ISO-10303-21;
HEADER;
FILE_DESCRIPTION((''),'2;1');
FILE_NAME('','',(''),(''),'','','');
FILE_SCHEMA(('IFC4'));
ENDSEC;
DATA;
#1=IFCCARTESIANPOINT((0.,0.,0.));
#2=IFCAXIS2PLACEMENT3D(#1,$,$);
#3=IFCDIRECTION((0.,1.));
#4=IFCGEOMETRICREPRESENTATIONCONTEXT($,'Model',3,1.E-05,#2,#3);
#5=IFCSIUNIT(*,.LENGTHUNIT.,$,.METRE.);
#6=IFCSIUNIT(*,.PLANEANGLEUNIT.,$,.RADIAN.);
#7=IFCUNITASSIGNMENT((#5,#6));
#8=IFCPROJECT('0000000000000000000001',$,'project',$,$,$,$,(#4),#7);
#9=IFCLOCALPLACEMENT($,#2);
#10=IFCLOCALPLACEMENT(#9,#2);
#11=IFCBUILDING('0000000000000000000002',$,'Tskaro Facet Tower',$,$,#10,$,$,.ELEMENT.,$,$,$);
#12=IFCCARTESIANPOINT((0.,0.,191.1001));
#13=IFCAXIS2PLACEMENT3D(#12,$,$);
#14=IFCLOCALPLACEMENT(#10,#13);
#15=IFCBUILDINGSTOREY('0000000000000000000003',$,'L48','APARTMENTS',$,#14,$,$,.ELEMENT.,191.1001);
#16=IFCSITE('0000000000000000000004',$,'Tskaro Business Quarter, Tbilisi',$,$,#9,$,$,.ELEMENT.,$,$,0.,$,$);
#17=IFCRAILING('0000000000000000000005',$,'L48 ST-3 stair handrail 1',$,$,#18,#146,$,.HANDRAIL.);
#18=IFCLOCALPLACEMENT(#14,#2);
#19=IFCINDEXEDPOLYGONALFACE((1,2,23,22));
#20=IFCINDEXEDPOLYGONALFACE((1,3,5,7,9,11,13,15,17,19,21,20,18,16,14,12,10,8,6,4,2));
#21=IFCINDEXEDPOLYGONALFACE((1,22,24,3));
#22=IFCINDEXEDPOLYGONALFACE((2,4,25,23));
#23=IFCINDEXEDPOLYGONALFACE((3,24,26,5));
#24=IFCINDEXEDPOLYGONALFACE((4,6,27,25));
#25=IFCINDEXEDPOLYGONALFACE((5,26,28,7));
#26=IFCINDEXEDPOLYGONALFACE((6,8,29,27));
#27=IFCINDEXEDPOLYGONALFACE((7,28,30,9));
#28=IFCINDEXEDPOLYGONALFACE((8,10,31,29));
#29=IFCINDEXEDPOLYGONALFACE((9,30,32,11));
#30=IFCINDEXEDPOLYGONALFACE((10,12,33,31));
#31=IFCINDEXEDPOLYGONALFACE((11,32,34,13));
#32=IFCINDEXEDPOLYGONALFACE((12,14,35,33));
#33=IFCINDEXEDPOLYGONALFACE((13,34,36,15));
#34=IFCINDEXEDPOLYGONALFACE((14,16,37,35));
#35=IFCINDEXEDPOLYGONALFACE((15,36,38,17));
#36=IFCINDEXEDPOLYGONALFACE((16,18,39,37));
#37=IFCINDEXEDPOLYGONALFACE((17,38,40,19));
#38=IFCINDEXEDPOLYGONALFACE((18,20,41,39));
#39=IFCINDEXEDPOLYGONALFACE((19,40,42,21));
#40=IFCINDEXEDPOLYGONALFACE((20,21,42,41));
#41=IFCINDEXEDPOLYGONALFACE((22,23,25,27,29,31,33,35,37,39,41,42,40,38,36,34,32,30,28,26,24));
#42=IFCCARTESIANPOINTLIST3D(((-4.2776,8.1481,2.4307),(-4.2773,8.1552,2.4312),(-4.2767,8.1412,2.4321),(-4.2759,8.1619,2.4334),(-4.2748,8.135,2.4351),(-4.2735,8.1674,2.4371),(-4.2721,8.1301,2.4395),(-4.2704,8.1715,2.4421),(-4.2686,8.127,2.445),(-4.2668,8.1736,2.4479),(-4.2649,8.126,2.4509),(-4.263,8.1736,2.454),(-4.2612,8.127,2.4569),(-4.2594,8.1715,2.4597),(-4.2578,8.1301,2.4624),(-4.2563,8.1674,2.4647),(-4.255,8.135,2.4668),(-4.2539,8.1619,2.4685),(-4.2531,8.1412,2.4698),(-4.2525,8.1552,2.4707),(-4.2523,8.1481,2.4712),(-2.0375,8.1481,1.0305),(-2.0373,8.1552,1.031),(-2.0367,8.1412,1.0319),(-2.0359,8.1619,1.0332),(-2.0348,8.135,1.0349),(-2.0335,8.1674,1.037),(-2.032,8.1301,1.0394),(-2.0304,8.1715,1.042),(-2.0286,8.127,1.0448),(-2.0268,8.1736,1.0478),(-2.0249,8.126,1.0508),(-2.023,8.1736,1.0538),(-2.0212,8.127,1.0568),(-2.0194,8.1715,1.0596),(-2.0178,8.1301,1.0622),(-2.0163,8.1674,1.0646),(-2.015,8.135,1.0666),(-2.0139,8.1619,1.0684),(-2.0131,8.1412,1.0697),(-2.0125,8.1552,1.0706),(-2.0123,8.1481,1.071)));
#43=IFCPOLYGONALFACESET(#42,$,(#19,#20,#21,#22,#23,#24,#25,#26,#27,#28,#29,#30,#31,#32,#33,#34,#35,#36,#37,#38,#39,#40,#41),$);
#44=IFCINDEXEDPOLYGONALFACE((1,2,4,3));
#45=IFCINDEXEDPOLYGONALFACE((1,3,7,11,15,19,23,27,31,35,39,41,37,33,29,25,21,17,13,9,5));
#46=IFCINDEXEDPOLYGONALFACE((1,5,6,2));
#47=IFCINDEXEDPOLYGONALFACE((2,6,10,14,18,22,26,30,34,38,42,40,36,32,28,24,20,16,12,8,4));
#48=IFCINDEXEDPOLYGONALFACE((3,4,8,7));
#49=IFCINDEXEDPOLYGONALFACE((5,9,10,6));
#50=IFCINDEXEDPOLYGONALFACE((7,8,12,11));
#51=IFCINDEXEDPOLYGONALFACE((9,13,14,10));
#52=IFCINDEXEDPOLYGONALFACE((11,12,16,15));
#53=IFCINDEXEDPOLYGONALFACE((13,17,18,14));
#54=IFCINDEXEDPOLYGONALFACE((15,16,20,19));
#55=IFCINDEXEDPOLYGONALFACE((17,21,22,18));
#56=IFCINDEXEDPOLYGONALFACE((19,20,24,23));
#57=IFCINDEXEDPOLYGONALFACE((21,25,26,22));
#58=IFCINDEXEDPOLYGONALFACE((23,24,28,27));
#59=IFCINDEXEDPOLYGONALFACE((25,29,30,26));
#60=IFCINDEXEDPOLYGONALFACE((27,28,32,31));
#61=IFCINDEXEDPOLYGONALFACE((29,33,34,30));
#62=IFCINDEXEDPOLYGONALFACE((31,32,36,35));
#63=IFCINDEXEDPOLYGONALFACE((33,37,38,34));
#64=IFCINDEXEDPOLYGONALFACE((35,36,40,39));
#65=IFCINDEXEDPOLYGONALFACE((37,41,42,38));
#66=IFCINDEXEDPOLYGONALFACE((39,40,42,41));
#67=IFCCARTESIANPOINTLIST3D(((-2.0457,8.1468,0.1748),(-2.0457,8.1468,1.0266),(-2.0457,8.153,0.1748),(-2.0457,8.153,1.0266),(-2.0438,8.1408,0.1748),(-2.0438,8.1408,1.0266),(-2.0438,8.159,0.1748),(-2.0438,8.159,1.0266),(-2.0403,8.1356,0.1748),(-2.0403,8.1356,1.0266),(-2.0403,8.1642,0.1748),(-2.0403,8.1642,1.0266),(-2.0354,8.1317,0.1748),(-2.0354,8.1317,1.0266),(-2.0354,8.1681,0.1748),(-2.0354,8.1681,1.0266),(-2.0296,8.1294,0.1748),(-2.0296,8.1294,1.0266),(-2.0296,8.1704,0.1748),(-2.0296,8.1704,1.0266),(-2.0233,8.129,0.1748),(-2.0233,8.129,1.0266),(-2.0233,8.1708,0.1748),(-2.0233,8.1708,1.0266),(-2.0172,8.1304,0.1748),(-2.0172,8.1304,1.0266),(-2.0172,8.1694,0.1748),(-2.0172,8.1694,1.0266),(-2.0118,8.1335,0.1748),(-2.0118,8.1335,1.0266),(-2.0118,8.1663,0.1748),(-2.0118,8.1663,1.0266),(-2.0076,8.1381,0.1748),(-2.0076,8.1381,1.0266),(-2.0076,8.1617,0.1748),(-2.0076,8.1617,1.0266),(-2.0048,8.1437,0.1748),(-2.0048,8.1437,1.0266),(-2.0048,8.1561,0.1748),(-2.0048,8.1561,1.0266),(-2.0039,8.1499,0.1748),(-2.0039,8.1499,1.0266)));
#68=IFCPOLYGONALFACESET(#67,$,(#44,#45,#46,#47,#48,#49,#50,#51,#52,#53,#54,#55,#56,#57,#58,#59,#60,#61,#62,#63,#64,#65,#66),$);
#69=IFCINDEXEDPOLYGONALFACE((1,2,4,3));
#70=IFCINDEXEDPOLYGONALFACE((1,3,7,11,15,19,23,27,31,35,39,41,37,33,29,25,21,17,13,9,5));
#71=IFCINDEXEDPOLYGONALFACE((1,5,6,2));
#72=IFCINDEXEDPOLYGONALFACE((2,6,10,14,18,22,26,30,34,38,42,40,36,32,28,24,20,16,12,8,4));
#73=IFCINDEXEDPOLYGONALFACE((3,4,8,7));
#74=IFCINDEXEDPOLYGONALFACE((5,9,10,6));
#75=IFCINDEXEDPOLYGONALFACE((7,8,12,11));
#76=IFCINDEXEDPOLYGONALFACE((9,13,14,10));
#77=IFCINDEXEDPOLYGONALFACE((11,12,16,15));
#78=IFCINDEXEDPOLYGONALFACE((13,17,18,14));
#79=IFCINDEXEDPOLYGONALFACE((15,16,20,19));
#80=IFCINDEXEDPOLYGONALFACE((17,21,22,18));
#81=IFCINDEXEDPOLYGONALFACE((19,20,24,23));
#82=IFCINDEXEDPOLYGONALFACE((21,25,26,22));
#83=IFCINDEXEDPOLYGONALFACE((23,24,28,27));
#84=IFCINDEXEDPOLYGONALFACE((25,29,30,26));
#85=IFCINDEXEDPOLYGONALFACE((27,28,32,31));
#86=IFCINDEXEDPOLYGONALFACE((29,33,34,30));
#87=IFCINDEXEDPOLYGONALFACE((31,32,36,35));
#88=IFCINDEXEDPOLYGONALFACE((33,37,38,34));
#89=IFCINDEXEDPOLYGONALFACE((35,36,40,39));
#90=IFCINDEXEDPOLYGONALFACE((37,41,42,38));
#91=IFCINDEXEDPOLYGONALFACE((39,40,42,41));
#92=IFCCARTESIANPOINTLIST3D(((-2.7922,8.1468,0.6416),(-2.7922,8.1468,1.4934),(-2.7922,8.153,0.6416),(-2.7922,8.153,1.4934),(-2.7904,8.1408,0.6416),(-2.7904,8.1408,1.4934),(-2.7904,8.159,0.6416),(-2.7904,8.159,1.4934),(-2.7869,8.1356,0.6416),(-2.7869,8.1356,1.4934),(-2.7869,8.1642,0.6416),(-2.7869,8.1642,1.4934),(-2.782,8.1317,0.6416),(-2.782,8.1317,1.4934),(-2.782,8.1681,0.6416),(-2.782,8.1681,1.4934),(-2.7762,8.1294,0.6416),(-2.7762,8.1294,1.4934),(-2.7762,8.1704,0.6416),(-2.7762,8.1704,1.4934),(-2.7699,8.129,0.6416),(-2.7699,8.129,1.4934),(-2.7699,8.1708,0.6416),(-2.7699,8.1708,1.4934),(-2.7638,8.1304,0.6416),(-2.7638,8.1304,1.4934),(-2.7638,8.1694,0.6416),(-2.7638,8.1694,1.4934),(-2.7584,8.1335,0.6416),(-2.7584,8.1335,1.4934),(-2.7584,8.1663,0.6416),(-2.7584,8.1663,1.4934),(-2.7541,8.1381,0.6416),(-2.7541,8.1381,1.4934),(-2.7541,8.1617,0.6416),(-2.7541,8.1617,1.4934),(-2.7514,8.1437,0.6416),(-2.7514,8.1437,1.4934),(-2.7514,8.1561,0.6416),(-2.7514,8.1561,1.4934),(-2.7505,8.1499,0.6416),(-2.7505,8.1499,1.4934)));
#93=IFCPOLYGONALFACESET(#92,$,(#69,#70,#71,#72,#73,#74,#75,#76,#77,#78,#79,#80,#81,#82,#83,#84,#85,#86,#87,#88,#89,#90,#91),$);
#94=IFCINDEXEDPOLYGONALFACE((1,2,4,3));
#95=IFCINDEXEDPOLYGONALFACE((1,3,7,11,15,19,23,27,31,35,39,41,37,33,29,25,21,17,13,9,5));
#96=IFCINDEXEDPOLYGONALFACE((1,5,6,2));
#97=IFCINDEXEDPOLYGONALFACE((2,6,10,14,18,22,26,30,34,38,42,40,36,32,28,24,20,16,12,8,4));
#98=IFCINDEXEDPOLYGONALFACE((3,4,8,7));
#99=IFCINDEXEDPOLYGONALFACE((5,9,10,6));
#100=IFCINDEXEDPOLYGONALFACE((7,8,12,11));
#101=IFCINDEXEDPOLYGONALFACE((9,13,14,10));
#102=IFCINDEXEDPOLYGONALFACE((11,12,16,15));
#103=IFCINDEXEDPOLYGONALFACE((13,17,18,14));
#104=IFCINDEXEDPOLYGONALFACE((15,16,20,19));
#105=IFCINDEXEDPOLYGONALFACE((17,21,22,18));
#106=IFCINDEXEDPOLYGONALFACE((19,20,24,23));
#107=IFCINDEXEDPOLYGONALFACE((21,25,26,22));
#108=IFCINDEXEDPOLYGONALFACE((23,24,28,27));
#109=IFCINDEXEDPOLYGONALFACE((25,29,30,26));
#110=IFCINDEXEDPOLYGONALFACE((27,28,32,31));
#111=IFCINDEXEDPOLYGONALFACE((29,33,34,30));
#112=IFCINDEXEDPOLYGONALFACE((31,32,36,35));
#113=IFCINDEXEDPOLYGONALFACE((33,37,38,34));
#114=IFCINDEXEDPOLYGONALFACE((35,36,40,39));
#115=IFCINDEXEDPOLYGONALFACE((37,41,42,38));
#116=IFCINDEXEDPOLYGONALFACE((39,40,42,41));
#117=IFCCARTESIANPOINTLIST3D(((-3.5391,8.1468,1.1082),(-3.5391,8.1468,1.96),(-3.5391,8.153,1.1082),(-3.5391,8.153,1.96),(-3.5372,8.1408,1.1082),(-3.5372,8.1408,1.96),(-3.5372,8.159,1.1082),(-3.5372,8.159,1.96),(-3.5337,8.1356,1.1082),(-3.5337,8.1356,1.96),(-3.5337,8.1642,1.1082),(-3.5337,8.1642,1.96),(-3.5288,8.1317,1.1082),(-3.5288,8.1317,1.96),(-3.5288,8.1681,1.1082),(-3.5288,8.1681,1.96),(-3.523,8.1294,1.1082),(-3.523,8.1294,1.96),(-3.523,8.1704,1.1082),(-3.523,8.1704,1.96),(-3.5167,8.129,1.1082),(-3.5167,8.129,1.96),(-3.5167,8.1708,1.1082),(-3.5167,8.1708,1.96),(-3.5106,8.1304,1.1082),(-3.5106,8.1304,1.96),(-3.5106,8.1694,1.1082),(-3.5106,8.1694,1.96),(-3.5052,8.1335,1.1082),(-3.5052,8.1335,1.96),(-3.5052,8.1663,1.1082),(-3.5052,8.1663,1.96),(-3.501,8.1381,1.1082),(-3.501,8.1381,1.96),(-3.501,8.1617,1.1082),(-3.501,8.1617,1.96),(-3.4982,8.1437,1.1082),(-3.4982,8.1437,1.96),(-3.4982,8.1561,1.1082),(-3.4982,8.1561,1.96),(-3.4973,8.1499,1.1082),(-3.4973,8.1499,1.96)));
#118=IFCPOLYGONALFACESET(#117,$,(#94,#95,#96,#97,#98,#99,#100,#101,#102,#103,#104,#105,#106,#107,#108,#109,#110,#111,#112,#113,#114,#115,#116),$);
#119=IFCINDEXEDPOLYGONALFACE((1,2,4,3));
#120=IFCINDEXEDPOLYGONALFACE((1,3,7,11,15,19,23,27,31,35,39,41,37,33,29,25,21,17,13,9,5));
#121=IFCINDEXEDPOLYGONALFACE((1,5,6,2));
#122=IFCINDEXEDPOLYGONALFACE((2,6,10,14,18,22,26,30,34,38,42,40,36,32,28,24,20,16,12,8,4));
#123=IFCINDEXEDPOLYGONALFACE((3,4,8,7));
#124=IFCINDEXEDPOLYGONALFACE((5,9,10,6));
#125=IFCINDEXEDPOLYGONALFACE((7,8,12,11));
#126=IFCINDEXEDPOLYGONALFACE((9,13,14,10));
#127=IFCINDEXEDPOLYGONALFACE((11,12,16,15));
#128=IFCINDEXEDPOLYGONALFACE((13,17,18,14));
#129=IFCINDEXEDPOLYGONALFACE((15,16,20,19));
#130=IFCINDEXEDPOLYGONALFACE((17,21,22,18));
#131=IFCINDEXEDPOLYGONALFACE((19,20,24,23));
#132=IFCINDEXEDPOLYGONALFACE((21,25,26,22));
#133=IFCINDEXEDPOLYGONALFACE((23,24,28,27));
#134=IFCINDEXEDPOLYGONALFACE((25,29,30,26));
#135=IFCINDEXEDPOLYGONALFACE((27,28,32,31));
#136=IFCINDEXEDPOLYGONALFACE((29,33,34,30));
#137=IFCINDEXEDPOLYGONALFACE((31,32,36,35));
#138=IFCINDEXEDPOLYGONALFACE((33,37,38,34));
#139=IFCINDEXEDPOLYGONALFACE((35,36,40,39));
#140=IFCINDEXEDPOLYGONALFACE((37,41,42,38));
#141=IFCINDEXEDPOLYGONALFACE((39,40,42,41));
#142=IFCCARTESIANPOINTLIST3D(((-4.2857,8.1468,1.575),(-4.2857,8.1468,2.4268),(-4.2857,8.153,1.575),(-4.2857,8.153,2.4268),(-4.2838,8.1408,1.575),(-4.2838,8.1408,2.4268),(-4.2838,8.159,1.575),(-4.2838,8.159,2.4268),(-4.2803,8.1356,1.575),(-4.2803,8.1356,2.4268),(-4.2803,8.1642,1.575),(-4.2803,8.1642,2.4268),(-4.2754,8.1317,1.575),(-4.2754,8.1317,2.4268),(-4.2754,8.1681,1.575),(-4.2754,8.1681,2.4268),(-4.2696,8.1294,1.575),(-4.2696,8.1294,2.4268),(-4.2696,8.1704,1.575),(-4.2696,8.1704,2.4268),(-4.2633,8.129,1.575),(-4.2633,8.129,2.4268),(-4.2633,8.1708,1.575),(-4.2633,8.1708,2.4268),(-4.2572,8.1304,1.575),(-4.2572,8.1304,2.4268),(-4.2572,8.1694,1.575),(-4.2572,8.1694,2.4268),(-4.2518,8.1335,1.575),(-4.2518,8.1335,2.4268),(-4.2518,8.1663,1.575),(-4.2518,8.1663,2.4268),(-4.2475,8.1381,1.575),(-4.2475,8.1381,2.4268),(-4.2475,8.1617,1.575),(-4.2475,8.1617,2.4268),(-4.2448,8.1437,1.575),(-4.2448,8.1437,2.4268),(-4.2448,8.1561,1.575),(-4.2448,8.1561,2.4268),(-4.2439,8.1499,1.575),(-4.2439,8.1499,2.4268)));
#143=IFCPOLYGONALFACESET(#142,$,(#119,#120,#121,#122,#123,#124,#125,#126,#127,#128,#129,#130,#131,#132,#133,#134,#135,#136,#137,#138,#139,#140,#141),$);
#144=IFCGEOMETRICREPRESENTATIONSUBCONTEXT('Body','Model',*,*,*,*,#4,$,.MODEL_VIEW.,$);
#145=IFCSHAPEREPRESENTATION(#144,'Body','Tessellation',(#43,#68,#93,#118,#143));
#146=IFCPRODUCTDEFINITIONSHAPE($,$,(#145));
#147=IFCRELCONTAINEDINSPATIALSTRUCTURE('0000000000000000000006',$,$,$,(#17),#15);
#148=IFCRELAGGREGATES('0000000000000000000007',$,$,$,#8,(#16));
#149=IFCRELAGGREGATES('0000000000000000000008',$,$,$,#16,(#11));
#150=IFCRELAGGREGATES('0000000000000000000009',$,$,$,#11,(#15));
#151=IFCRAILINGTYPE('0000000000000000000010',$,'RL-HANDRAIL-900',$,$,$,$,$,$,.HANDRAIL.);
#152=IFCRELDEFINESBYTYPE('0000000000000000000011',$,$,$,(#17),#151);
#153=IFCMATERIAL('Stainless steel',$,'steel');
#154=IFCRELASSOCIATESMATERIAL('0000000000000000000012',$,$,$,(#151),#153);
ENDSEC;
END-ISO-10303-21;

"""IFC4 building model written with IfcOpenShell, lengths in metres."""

from ifc_helpers import new_model, si_unit, direction, frame, origin, origin_2d, place, context, subcontext, project, spatial, circle, extrude, material, type_object, element, save


model = new_model("IFC4")

# Units and contexts
model_context = context("Model", 3, precision=1e-05, world=origin(), true_north=direction((0.0, 1.0)))
body_context = subcontext(model_context, "Body", "Model", "MODEL_VIEW")
ifc_project = project(units=[si_unit("LENGTHUNIT", "METRE"), si_unit("PLANEANGLEUNIT", "RADIAN")], contexts=[model_context])

# Site, building, storey
site_placement = place(None, origin())
site = spatial("IfcSite", under=ifc_project, at=site_placement, Name="Tskaro Business Quarter, Tbilisi", CompositionType="ELEMENT", RefElevation=0.0)
building_placement = place(site_placement, origin())
building = spatial("IfcBuilding", under=site, at=building_placement, Name="Tskaro Facet Tower", CompositionType="ELEMENT")
storey_placement = place(building_placement, frame((0.0, 0.0, 191.1001)))
storey = spatial("IfcBuildingStorey", under=building, at=storey_placement, Name="L48", Description="APARTMENTS", CompositionType="ELEMENT", Elevation=191.1001)

# Railing
ifc_material_1 = material(Name="Stainless steel", Category="steel")
railing_type_1 = type_object("IfcRailingType", Name="RL-HANDRAIL-900", PredefinedType="HANDRAIL", material=ifc_material_1)
railing_1_placement = place(storey_placement, frame((-2.0249, 8.1499, 0.1748)))
element("IfcRailing", 1, at=railing_1_placement, inside=storey, type_object=railing_type_1, Name="L48 ST-3 stair handrail 1", PredefinedType="HANDRAIL", context=body_context, shape_type="SweptSolid", body=[
    extrude(circle(Radius=0.0239, at=origin_2d()), frame((0.0, 0.0, 0.876), z_axis=(-0.847972, 0.0, 0.53004), x_axis=(0.0, -1.0, 0.0)), (0.0, 0.0, 1.0), 2.6416),
    extrude(circle(Radius=0.021, at=origin_2d()), origin(), (0.0, 0.0, 1.0), 0.8518),
    extrude(circle(Radius=0.021, at=origin_2d()), frame((-0.7466, 0.0, 0.4668)), (0.0, 0.0, 1.0), 0.8518),
    extrude(circle(Radius=0.021, at=origin_2d()), frame((-1.4934, 0.0, 0.9333)), (0.0, 0.0, 1.0), 0.8518),
    extrude(circle(Radius=0.021, at=origin_2d()), frame((-2.24, 0.0, 1.4001)), (0.0, 0.0, 1.0), 0.8518),
])

save(model, "model.ifc")
